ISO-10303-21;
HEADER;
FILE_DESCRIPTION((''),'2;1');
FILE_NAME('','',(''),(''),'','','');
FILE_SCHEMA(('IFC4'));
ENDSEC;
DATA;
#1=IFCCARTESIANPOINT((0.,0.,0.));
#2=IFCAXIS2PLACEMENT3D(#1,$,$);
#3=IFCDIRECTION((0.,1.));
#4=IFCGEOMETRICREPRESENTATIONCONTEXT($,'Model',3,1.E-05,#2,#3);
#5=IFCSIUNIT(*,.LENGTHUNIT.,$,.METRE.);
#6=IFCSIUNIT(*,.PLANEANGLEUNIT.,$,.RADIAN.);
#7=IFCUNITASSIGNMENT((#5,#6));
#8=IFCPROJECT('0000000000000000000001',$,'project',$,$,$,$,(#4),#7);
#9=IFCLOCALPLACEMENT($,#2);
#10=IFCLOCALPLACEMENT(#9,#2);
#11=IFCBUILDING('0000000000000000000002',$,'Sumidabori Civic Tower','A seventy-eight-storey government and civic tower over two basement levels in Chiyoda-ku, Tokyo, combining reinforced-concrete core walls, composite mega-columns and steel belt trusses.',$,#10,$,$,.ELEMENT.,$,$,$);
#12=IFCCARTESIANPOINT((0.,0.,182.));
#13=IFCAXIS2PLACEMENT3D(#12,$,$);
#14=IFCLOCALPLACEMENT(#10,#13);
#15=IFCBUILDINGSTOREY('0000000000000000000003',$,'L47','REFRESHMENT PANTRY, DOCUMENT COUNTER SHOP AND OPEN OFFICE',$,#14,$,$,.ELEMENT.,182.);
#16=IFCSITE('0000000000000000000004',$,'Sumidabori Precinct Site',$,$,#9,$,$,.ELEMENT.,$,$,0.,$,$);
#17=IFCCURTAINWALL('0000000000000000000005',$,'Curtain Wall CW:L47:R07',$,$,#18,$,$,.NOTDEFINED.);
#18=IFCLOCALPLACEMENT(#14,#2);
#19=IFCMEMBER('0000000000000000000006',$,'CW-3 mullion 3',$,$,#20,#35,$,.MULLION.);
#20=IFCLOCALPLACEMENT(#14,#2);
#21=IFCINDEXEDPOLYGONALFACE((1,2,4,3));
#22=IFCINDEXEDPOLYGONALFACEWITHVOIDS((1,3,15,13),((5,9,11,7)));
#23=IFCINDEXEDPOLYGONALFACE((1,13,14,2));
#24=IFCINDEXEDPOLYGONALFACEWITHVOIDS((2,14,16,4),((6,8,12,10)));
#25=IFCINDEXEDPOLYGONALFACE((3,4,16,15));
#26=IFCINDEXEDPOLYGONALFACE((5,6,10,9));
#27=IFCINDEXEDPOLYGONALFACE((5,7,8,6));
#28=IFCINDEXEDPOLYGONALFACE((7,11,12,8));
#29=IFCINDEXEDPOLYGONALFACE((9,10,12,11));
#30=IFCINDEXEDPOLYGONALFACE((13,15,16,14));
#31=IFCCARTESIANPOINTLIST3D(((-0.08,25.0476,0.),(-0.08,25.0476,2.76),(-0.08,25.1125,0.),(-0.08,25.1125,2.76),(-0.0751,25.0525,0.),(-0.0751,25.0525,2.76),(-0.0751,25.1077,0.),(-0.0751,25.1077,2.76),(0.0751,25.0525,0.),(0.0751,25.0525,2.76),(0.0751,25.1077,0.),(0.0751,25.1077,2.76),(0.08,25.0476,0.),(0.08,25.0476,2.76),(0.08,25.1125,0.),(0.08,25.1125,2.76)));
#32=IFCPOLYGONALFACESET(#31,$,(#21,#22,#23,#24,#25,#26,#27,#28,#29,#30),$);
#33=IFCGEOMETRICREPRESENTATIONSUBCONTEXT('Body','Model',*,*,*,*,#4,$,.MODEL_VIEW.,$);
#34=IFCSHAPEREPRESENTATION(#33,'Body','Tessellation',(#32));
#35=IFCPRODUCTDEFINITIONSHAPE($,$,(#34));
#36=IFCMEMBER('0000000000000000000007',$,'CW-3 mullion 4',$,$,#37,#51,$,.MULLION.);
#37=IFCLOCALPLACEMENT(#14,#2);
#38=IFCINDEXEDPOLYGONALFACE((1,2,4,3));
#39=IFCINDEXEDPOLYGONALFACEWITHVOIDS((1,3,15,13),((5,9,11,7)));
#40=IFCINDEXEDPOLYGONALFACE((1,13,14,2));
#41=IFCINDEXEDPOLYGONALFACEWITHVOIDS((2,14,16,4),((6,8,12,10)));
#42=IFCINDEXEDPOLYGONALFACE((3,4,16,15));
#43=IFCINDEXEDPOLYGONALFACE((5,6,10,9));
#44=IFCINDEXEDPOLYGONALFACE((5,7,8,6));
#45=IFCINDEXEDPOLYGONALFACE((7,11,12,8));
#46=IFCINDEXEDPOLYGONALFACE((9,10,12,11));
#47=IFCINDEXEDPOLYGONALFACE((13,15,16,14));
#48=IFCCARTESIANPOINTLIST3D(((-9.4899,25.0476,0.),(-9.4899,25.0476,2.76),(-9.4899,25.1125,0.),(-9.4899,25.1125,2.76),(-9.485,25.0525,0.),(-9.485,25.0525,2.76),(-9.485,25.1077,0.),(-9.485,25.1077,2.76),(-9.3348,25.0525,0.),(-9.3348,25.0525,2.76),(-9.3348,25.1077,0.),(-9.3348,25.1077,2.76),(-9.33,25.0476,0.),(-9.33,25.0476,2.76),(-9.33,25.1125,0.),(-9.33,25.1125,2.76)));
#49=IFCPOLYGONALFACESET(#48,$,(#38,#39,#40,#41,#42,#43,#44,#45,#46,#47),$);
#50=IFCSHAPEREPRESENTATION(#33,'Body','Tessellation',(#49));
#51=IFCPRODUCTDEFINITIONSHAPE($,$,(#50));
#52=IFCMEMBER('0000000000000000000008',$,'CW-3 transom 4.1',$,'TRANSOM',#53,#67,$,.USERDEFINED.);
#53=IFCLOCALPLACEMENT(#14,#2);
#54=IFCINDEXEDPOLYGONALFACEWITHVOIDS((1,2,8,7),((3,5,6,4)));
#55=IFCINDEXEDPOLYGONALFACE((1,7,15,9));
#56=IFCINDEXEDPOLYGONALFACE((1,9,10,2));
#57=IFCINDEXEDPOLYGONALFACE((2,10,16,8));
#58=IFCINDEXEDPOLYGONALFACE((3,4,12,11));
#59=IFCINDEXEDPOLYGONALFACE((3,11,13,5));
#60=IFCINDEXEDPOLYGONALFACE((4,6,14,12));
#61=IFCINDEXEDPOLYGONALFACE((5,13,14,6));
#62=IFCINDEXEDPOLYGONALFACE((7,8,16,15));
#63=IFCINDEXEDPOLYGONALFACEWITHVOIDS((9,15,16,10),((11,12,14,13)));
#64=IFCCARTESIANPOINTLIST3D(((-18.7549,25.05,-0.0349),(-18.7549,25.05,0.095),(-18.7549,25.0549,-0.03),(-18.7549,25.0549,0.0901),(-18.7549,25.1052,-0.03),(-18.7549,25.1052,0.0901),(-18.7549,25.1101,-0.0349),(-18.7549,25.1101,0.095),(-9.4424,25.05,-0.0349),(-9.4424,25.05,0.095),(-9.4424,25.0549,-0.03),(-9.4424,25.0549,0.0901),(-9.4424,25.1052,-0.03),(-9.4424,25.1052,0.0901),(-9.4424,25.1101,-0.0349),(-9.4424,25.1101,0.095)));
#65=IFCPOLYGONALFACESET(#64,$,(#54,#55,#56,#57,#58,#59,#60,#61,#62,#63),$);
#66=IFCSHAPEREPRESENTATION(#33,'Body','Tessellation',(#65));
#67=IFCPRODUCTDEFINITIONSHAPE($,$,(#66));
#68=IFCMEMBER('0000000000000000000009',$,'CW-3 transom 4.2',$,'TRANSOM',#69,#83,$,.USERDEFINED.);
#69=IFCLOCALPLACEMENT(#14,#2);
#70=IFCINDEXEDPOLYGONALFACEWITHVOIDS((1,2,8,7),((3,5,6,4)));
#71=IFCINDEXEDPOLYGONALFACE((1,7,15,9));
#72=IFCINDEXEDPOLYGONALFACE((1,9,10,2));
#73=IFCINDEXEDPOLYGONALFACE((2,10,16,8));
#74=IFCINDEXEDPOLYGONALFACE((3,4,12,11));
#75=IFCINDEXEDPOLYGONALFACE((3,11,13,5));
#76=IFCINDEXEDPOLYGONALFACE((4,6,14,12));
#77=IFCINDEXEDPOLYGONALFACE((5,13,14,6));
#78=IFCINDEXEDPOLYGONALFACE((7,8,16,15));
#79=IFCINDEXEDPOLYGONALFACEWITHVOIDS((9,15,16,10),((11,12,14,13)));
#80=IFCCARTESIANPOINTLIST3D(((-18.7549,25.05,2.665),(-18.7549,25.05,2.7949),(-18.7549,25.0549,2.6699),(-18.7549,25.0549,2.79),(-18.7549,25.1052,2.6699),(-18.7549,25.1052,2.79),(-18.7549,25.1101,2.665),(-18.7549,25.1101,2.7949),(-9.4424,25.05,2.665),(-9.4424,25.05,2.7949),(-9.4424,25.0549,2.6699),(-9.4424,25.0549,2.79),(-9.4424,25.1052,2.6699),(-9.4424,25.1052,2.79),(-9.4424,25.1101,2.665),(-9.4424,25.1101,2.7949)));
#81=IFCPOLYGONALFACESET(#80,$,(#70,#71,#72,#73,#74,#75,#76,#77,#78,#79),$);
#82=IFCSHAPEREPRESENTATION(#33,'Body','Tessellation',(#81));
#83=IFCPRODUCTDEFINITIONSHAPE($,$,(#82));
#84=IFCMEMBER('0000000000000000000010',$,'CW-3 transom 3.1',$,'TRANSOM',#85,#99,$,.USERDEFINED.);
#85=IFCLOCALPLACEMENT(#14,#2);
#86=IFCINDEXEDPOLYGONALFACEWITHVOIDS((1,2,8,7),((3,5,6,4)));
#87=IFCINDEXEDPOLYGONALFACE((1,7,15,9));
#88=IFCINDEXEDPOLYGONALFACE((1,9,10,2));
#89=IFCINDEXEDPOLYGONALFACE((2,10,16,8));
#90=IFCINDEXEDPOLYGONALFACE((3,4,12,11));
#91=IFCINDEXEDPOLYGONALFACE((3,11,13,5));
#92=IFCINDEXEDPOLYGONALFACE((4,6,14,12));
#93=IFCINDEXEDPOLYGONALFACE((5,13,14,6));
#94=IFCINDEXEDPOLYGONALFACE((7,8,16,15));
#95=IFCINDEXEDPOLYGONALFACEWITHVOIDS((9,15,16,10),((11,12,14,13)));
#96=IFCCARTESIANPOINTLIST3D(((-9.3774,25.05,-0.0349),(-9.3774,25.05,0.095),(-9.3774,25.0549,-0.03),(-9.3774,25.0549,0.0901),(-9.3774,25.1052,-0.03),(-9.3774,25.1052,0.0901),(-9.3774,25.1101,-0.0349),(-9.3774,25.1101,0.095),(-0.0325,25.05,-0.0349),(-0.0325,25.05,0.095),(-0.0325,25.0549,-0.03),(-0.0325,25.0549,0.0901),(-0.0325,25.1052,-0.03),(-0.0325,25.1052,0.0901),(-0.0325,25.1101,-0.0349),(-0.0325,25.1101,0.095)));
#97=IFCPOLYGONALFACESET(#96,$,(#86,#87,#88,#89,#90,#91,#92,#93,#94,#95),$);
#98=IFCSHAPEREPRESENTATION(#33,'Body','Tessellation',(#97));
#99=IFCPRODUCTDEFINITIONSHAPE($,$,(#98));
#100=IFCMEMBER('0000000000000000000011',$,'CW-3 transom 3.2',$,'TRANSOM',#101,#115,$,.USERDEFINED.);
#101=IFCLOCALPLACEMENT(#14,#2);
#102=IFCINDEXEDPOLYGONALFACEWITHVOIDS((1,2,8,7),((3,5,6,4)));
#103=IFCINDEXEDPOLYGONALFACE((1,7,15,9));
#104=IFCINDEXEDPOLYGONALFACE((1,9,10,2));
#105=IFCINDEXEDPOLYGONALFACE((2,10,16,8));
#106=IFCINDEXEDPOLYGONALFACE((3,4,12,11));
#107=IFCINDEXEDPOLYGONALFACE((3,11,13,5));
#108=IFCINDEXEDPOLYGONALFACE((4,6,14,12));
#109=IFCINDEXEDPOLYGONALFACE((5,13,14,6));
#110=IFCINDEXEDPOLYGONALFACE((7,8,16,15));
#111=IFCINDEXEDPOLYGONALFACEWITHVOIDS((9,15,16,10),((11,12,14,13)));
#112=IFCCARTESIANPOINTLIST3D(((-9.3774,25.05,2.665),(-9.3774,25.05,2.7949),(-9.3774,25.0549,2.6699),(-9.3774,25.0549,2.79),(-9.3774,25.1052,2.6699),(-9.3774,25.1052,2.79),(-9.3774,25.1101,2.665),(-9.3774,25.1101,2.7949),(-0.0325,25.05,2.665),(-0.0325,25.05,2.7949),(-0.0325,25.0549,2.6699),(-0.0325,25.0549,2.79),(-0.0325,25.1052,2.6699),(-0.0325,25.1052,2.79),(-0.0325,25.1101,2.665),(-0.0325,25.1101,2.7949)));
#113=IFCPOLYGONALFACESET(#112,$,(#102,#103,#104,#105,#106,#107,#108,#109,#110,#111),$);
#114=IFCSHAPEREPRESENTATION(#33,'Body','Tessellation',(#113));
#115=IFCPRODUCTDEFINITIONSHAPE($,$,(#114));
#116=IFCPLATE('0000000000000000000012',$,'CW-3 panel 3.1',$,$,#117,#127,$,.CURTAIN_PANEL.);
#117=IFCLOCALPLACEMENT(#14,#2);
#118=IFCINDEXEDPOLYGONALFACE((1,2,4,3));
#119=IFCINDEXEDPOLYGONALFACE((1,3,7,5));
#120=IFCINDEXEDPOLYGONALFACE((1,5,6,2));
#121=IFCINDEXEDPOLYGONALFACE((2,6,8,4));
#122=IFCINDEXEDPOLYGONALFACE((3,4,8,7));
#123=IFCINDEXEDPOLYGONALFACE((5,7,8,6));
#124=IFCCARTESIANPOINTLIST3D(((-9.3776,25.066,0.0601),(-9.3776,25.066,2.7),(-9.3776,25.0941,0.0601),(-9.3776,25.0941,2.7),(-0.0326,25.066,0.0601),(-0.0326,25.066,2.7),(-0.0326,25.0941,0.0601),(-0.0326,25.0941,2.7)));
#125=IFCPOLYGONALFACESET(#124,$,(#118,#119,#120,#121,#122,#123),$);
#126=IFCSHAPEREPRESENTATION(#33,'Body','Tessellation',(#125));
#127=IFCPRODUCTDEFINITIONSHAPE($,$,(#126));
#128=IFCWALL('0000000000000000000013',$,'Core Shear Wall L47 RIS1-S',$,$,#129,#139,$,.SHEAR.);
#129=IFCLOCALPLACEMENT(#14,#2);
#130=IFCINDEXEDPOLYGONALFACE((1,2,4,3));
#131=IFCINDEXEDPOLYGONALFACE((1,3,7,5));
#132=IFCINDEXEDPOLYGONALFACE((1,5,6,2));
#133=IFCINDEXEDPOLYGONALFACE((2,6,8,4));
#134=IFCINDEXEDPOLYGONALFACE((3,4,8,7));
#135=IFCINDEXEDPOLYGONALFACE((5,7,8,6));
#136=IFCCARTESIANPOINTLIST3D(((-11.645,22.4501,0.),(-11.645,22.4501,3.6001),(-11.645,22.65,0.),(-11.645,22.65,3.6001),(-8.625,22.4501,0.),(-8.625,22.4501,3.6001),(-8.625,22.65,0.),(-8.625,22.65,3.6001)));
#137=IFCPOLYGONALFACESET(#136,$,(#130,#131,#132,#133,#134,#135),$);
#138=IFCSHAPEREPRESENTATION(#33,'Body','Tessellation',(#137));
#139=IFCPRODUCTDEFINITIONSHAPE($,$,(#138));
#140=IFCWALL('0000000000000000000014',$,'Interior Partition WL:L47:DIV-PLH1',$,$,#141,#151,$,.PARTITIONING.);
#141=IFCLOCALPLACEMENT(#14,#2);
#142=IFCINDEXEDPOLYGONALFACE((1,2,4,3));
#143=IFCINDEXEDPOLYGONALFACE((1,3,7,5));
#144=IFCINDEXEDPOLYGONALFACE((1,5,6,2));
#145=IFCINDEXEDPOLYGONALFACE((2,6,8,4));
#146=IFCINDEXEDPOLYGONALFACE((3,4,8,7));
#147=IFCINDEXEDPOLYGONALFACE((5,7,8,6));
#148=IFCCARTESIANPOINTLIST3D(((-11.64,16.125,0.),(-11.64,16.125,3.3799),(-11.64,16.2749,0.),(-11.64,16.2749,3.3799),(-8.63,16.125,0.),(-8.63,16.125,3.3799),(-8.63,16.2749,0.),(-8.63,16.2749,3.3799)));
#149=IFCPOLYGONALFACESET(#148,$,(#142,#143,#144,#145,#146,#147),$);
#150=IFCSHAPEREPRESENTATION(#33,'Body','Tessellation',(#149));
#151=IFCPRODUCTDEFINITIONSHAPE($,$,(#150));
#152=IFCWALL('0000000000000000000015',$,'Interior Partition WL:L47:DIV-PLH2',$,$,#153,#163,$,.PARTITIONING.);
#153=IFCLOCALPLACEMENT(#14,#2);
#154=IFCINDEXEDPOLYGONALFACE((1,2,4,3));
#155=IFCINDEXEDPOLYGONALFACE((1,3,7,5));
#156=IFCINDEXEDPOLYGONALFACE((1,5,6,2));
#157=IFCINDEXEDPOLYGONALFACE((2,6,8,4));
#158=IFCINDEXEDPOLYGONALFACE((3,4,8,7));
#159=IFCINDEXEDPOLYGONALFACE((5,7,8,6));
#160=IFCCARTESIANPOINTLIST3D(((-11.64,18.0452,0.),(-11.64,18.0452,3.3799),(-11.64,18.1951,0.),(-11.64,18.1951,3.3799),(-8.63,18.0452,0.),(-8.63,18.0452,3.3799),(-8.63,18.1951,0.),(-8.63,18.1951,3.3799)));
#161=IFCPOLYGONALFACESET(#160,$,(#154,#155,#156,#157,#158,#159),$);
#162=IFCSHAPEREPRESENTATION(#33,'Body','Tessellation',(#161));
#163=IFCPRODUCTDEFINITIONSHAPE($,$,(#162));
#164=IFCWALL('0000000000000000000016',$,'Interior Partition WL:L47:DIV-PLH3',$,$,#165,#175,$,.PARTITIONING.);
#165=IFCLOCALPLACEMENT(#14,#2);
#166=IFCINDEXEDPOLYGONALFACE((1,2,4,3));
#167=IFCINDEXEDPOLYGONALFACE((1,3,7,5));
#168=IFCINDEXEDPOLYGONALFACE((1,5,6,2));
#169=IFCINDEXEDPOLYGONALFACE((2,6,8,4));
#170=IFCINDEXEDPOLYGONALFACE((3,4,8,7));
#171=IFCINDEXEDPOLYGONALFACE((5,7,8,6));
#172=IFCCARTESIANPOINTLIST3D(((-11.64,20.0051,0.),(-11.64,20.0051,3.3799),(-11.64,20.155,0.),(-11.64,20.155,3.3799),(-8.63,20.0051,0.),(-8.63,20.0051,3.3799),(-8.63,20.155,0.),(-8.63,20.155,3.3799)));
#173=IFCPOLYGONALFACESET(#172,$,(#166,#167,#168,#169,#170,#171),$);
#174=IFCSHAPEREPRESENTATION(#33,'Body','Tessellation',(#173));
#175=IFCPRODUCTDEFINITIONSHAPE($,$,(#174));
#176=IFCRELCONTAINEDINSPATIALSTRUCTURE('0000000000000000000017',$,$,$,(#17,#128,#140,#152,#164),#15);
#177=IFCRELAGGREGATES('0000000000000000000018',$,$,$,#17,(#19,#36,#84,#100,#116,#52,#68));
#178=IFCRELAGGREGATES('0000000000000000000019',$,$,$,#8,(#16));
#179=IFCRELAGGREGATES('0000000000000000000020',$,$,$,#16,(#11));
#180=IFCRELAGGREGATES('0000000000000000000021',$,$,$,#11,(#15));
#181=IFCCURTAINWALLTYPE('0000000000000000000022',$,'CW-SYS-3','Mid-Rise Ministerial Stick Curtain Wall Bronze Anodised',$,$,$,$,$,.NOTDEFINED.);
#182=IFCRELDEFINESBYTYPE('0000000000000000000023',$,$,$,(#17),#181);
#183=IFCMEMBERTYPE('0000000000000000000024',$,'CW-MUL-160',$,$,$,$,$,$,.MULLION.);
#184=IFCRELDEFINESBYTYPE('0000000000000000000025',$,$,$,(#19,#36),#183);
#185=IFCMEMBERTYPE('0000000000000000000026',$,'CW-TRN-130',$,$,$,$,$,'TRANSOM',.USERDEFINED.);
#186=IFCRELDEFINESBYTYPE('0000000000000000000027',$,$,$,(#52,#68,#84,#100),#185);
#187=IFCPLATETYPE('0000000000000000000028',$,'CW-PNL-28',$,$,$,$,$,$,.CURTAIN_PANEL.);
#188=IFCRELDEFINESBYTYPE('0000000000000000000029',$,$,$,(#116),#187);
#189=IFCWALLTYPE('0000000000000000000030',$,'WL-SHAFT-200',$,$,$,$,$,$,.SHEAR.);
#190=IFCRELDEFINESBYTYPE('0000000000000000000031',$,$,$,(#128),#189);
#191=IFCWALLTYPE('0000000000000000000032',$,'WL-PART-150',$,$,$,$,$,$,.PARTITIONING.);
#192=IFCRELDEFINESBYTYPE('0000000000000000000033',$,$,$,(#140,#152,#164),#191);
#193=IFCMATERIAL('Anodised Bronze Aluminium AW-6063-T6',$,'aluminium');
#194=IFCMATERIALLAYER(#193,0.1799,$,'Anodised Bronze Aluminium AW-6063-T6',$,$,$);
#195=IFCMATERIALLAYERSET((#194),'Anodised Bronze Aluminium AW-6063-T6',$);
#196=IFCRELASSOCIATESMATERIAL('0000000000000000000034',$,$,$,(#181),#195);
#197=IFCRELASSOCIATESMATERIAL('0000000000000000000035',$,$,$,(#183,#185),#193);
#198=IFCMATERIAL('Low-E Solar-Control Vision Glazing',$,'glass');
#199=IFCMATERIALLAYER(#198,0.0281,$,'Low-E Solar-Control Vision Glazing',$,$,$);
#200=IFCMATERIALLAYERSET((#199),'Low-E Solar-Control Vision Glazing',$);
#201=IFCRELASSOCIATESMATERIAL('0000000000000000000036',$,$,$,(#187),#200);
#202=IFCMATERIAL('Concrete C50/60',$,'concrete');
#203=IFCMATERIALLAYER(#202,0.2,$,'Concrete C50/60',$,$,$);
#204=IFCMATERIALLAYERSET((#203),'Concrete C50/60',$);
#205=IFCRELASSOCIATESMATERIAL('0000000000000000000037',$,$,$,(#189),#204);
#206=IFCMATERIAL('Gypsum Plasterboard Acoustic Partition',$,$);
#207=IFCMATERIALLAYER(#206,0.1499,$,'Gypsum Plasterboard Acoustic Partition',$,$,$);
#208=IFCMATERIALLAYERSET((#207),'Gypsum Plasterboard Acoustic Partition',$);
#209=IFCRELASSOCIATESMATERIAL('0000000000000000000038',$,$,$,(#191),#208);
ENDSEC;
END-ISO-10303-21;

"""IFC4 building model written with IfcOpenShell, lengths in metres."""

from ifc_helpers import new_model, si_unit, direction, frame, frame_2d, origin, origin_2d, place, context, subcontext, project, spatial, rectangle, hollow_rectangle, extrude, source, transform, mapped, material, layer, layer_set, material_profile, profile_set, type_object, element, aggregate, save


model = new_model("IFC4")

# Units and contexts
model_context = context("Model", 3, precision=1e-05, world=origin(), true_north=direction((0.0, 1.0)))
body_context = subcontext(model_context, "Body", "Model", "MODEL_VIEW")
ifc_project = project(units=[si_unit("LENGTHUNIT", "METRE"), si_unit("PLANEANGLEUNIT", "RADIAN")], contexts=[model_context])

# Site, building, storey
site_placement = place(None, origin())
site = spatial("IfcSite", under=ifc_project, at=site_placement, Name="Sumidabori Precinct Site", CompositionType="ELEMENT", RefElevation=0.0)
building_placement = place(site_placement, origin())
building = spatial("IfcBuilding", under=site, at=building_placement, Name="Sumidabori Civic Tower", Description="A seventy-eight-storey government and civic tower over two basement levels in Chiyoda-ku, Tokyo, combining reinforced-concrete core walls, composite mega-columns and steel belt trusses.", CompositionType="ELEMENT")
storey_placement = place(building_placement, frame((0.0, 0.0, 182.0)))
storey = spatial("IfcBuildingStorey", under=building, at=storey_placement, Name="L47", Description="REFRESHMENT PANTRY, DOCUMENT COUNTER SHOP AND OPEN OFFICE", CompositionType="ELEMENT", Elevation=182.0)

# Curtain wall, members, plate
ifc_material_1 = material(Name="Anodised Bronze Aluminium AW-6063-T6", Category="aluminium")
ifc_layer_1 = layer(ifc_material_1, 0.1799, Name="Anodised Bronze Aluminium AW-6063-T6")
ifc_layer_set_1 = layer_set([ifc_layer_1], Name="Anodised Bronze Aluminium AW-6063-T6")
curtain_wall_type = type_object("IfcCurtainWallType", Name="CW-SYS-3", Description="Mid-Rise Ministerial Stick Curtain Wall Bronze Anodised", PredefinedType="NOTDEFINED", material=ifc_layer_set_1)
curtain_wall_placement = place(storey_placement, origin())
curtain_wall = element("IfcCurtainWall", 1, at=curtain_wall_placement, inside=storey, type_object=curtain_wall_type, Name="Curtain Wall CW:L47:R07", PredefinedType="NOTDEFINED")
ifc_material_profile_1 = material_profile(ifc_material_1, hollow_rectangle(XDim=0.0649, YDim=0.1599, WallThickness=0.0049, at=origin_2d()), Name="ALU MULLION 160x65")
ifc_profile_set_1 = profile_set([ifc_material_profile_1], Name="Anodised Bronze Aluminium AW-6063-T6")
member_type_1 = type_object("IfcMemberType", Name="CW-MUL-160", PredefinedType="MULLION", material=ifc_profile_set_1)
shared_shape_1 = source(origin(), body_context, "Body", "SweptSolid", [
    extrude(hollow_rectangle(XDim=0.0649, YDim=0.1599, WallThickness=0.0049, at=origin_2d()), origin(), (0.0, 0.0, 1.0), 2.76),
])
member_1_placement = place(storey_placement, frame((0.0, 25.0801, 0.0), z_axis=(0.0, 0.0, 1.0), x_axis=(0.0, -1.0, 0.0)))
member_1 = element("IfcMember", 2, at=member_1_placement, type_object=member_type_1, Name="CW-3 mullion 3", PredefinedType="MULLION", context=body_context, shape_type="MappedRepresentation", body=[
    mapped(shared_shape_1, transform((0.0, 0.0, 0.0), x_axis=(1.0, 0.0, 0.0), y_axis=(0.0, 1.0, 0.0), z_axis=(0.0, 0.0, 1.0), scale=1.0)),
])
member_2_placement = place(storey_placement, frame((-9.4099, 25.0801, 0.0), z_axis=(0.0, 0.0, 1.0), x_axis=(0.0, -1.0, 0.0)))
member_2 = element("IfcMember", 3, at=member_2_placement, type_object=member_type_1, Name="CW-3 mullion 4", PredefinedType="MULLION", context=body_context, shape_type="MappedRepresentation", body=[
    mapped(shared_shape_1, transform((0.0, 0.0, 0.0), x_axis=(1.0, 0.0, 0.0), y_axis=(0.0, 1.0, 0.0), z_axis=(0.0, 0.0, 1.0), scale=1.0)),
])
ifc_material_profile_2 = material_profile(ifc_material_1, hollow_rectangle(XDim=0.0601, YDim=0.1299, WallThickness=0.0049, at=origin_2d()), Name="ALU TRANSOM 130x60")
ifc_profile_set_2 = profile_set([ifc_material_profile_2], Name="Anodised Bronze Aluminium AW-6063-T6")
member_type_2 = type_object("IfcMemberType", Name="CW-TRN-130", ElementType="TRANSOM", PredefinedType="USERDEFINED", material=ifc_profile_set_2)
shared_shape_2 = source(origin(), body_context, "Body", "SweptSolid", [
    extrude(hollow_rectangle(XDim=0.0601, YDim=0.1299, WallThickness=0.0049, at=origin_2d()), origin(), (0.0, 0.0, 1.0), 9.3125),
])
member_3_placement = place(storey_placement, frame((-9.4424, 25.0801, 0.03), z_axis=(-1.0, 0.0, 0.0), x_axis=(0.0, -1.0, 0.0)))
member_3 = element("IfcMember", 4, at=member_3_placement, type_object=member_type_2, Name="CW-3 transom 4.1", ObjectType="TRANSOM", PredefinedType="USERDEFINED", context=body_context, shape_type="MappedRepresentation", body=[
    mapped(shared_shape_2, transform((0.0, 0.0, 0.0), x_axis=(1.0, 0.0, 0.0), y_axis=(0.0, 1.0, 0.0), z_axis=(0.0, 0.0, 1.0), scale=1.0)),
])
member_4_placement = place(storey_placement, frame((-9.4424, 25.0801, 2.73), z_axis=(-1.0, 0.0, 0.0), x_axis=(0.0, -1.0, 0.0)))
member_4 = element("IfcMember", 5, at=member_4_placement, type_object=member_type_2, Name="CW-3 transom 4.2", ObjectType="TRANSOM", PredefinedType="USERDEFINED", context=body_context, shape_type="MappedRepresentation", body=[
    mapped(shared_shape_2, transform((0.0, 0.0, 0.0), x_axis=(1.0, 0.0, 0.0), y_axis=(0.0, 1.0, 0.0), z_axis=(0.0, 0.0, 1.0), scale=1.0)),
])
shared_shape_3 = source(origin(), body_context, "Body", "SweptSolid", [
    extrude(hollow_rectangle(XDim=0.0601, YDim=0.1299, WallThickness=0.0049, at=origin_2d()), origin(), (0.0, 0.0, 1.0), 9.345),
])
member_5_placement = place(storey_placement, frame((-0.0325, 25.0801, 0.03), z_axis=(-1.0, 0.0, 0.0), x_axis=(0.0, -1.0, 0.0)))
member_5 = element("IfcMember", 6, at=member_5_placement, type_object=member_type_2, Name="CW-3 transom 3.1", ObjectType="TRANSOM", PredefinedType="USERDEFINED", context=body_context, shape_type="MappedRepresentation", body=[
    mapped(shared_shape_3, transform((0.0, 0.0, 0.0), x_axis=(1.0, 0.0, 0.0), y_axis=(0.0, 1.0, 0.0), z_axis=(0.0, 0.0, 1.0), scale=1.0)),
])
member_6_placement = place(storey_placement, frame((-0.0325, 25.0801, 2.73), z_axis=(-1.0, 0.0, 0.0), x_axis=(0.0, -1.0, 0.0)))
member_6 = element("IfcMember", 7, at=member_6_placement, type_object=member_type_2, Name="CW-3 transom 3.2", ObjectType="TRANSOM", PredefinedType="USERDEFINED", context=body_context, shape_type="MappedRepresentation", body=[
    mapped(shared_shape_3, transform((0.0, 0.0, 0.0), x_axis=(1.0, 0.0, 0.0), y_axis=(0.0, 1.0, 0.0), z_axis=(0.0, 0.0, 1.0), scale=1.0)),
])
ifc_material_2 = material(Name="Low-E Solar-Control Vision Glazing", Category="glass")
ifc_layer_2 = layer(ifc_material_2, 0.0281, Name="Low-E Solar-Control Vision Glazing")
ifc_layer_set_2 = layer_set([ifc_layer_2], Name="Low-E Solar-Control Vision Glazing")
plate_type = type_object("IfcPlateType", Name="CW-PNL-28", PredefinedType="CURTAIN_PANEL", material=ifc_layer_set_2)
shared_shape_4 = source(origin(), body_context, "Body", "SweptSolid", [
    extrude(rectangle(XDim=9.345, YDim=0.0281, at=origin_2d()), origin(), (0.0, 0.0, 1.0), 2.6399),
])
plate_placement = place(storey_placement, frame((-4.7051, 25.0801, 0.0601), z_axis=(0.0, 0.0, 1.0), x_axis=(-1.0, 0.0, 0.0)))
plate = element("IfcPlate", 8, at=plate_placement, type_object=plate_type, Name="CW-3 panel 3.1", PredefinedType="CURTAIN_PANEL", context=body_context, shape_type="MappedRepresentation", body=[
    mapped(shared_shape_4, transform((0.0, 0.0, 0.0), x_axis=(1.0, 0.0, 0.0), y_axis=(0.0, 1.0, 0.0), z_axis=(0.0, 0.0, 1.0), scale=1.0)),
])
aggregate(curtain_wall, [member_1, member_2, member_5, member_6, plate, member_3, member_4])

# Walls
ifc_material_3 = material(Name="Concrete C50/60", Category="concrete")
ifc_layer_3 = layer(ifc_material_3, 0.2, Name="Concrete C50/60")
ifc_layer_set_3 = layer_set([ifc_layer_3], Name="Concrete C50/60")
wall_type_1 = type_object("IfcWallType", Name="WL-SHAFT-200", PredefinedType="SHEAR", material=ifc_layer_set_3)
shared_shape_5 = source(origin(), body_context, "Body", "SweptSolid", [
    extrude(rectangle(XDim=3.02, YDim=0.2, at=frame_2d((1.51, 0.0))), origin(), (0.0, 0.0, 1.0), 3.6001),
])
wall_1_placement = place(storey_placement, frame((-11.645, 22.55, 0.0), z_axis=(0.0, 0.0, 1.0), x_axis=(1.0, 0.0, 0.0)))
element("IfcWall", 9, at=wall_1_placement, inside=storey, type_object=wall_type_1, Name="Core Shear Wall L47 RIS1-S", PredefinedType="SHEAR", context=body_context, shape_type="MappedRepresentation", body=[
    mapped(shared_shape_5, transform((0.0, 0.0, 0.0), x_axis=(1.0, 0.0, 0.0), y_axis=(0.0, 1.0, 0.0), z_axis=(0.0, 0.0, 1.0), scale=1.0)),
])
ifc_material_4 = material(Name="Gypsum Plasterboard Acoustic Partition")
ifc_layer_4 = layer(ifc_material_4, 0.1499, Name="Gypsum Plasterboard Acoustic Partition")
ifc_layer_set_4 = layer_set([ifc_layer_4], Name="Gypsum Plasterboard Acoustic Partition")
wall_type_2 = type_object("IfcWallType", Name="WL-PART-150", PredefinedType="PARTITIONING", material=ifc_layer_set_4)
shared_shape_6 = source(origin(), body_context, "Body", "SweptSolid", [
    extrude(rectangle(XDim=3.01, YDim=0.1499, at=frame_2d((1.5049, 0.0))), origin(), (0.0, 0.0, 1.0), 3.3799),
])
for number, where, z_axis, x_axis, name in (
    (10, (-11.6399, 16.2, 0.0), (0.0, 0.0, 1.0), (1.0, 0.0, 0.0), "Interior Partition WL:L47:DIV-PLH1"),
    (11, (-11.6399, 18.1201, 0.0), (0.0, 0.0, 1.0), (1.0, 0.0, 0.0), "Interior Partition WL:L47:DIV-PLH2"),
    (12, (-11.6399, 20.0801, 0.0), (0.0, 0.0, 1.0), (1.0, 0.0, 0.0), "Interior Partition WL:L47:DIV-PLH3"),
):
    element("IfcWall", number, at=place(storey_placement, frame(where, z_axis=z_axis, x_axis=x_axis)), inside=storey, type_object=wall_type_2, Name=name, PredefinedType="PARTITIONING", context=body_context, shape_type="MappedRepresentation", body=[
        mapped(shared_shape_6, transform((0.0, 0.0, 0.0), x_axis=(1.0, 0.0, 0.0), y_axis=(0.0, 1.0, 0.0), z_axis=(0.0, 0.0, 1.0), scale=1.0)),
    ])

save(model, "model.ifc")
